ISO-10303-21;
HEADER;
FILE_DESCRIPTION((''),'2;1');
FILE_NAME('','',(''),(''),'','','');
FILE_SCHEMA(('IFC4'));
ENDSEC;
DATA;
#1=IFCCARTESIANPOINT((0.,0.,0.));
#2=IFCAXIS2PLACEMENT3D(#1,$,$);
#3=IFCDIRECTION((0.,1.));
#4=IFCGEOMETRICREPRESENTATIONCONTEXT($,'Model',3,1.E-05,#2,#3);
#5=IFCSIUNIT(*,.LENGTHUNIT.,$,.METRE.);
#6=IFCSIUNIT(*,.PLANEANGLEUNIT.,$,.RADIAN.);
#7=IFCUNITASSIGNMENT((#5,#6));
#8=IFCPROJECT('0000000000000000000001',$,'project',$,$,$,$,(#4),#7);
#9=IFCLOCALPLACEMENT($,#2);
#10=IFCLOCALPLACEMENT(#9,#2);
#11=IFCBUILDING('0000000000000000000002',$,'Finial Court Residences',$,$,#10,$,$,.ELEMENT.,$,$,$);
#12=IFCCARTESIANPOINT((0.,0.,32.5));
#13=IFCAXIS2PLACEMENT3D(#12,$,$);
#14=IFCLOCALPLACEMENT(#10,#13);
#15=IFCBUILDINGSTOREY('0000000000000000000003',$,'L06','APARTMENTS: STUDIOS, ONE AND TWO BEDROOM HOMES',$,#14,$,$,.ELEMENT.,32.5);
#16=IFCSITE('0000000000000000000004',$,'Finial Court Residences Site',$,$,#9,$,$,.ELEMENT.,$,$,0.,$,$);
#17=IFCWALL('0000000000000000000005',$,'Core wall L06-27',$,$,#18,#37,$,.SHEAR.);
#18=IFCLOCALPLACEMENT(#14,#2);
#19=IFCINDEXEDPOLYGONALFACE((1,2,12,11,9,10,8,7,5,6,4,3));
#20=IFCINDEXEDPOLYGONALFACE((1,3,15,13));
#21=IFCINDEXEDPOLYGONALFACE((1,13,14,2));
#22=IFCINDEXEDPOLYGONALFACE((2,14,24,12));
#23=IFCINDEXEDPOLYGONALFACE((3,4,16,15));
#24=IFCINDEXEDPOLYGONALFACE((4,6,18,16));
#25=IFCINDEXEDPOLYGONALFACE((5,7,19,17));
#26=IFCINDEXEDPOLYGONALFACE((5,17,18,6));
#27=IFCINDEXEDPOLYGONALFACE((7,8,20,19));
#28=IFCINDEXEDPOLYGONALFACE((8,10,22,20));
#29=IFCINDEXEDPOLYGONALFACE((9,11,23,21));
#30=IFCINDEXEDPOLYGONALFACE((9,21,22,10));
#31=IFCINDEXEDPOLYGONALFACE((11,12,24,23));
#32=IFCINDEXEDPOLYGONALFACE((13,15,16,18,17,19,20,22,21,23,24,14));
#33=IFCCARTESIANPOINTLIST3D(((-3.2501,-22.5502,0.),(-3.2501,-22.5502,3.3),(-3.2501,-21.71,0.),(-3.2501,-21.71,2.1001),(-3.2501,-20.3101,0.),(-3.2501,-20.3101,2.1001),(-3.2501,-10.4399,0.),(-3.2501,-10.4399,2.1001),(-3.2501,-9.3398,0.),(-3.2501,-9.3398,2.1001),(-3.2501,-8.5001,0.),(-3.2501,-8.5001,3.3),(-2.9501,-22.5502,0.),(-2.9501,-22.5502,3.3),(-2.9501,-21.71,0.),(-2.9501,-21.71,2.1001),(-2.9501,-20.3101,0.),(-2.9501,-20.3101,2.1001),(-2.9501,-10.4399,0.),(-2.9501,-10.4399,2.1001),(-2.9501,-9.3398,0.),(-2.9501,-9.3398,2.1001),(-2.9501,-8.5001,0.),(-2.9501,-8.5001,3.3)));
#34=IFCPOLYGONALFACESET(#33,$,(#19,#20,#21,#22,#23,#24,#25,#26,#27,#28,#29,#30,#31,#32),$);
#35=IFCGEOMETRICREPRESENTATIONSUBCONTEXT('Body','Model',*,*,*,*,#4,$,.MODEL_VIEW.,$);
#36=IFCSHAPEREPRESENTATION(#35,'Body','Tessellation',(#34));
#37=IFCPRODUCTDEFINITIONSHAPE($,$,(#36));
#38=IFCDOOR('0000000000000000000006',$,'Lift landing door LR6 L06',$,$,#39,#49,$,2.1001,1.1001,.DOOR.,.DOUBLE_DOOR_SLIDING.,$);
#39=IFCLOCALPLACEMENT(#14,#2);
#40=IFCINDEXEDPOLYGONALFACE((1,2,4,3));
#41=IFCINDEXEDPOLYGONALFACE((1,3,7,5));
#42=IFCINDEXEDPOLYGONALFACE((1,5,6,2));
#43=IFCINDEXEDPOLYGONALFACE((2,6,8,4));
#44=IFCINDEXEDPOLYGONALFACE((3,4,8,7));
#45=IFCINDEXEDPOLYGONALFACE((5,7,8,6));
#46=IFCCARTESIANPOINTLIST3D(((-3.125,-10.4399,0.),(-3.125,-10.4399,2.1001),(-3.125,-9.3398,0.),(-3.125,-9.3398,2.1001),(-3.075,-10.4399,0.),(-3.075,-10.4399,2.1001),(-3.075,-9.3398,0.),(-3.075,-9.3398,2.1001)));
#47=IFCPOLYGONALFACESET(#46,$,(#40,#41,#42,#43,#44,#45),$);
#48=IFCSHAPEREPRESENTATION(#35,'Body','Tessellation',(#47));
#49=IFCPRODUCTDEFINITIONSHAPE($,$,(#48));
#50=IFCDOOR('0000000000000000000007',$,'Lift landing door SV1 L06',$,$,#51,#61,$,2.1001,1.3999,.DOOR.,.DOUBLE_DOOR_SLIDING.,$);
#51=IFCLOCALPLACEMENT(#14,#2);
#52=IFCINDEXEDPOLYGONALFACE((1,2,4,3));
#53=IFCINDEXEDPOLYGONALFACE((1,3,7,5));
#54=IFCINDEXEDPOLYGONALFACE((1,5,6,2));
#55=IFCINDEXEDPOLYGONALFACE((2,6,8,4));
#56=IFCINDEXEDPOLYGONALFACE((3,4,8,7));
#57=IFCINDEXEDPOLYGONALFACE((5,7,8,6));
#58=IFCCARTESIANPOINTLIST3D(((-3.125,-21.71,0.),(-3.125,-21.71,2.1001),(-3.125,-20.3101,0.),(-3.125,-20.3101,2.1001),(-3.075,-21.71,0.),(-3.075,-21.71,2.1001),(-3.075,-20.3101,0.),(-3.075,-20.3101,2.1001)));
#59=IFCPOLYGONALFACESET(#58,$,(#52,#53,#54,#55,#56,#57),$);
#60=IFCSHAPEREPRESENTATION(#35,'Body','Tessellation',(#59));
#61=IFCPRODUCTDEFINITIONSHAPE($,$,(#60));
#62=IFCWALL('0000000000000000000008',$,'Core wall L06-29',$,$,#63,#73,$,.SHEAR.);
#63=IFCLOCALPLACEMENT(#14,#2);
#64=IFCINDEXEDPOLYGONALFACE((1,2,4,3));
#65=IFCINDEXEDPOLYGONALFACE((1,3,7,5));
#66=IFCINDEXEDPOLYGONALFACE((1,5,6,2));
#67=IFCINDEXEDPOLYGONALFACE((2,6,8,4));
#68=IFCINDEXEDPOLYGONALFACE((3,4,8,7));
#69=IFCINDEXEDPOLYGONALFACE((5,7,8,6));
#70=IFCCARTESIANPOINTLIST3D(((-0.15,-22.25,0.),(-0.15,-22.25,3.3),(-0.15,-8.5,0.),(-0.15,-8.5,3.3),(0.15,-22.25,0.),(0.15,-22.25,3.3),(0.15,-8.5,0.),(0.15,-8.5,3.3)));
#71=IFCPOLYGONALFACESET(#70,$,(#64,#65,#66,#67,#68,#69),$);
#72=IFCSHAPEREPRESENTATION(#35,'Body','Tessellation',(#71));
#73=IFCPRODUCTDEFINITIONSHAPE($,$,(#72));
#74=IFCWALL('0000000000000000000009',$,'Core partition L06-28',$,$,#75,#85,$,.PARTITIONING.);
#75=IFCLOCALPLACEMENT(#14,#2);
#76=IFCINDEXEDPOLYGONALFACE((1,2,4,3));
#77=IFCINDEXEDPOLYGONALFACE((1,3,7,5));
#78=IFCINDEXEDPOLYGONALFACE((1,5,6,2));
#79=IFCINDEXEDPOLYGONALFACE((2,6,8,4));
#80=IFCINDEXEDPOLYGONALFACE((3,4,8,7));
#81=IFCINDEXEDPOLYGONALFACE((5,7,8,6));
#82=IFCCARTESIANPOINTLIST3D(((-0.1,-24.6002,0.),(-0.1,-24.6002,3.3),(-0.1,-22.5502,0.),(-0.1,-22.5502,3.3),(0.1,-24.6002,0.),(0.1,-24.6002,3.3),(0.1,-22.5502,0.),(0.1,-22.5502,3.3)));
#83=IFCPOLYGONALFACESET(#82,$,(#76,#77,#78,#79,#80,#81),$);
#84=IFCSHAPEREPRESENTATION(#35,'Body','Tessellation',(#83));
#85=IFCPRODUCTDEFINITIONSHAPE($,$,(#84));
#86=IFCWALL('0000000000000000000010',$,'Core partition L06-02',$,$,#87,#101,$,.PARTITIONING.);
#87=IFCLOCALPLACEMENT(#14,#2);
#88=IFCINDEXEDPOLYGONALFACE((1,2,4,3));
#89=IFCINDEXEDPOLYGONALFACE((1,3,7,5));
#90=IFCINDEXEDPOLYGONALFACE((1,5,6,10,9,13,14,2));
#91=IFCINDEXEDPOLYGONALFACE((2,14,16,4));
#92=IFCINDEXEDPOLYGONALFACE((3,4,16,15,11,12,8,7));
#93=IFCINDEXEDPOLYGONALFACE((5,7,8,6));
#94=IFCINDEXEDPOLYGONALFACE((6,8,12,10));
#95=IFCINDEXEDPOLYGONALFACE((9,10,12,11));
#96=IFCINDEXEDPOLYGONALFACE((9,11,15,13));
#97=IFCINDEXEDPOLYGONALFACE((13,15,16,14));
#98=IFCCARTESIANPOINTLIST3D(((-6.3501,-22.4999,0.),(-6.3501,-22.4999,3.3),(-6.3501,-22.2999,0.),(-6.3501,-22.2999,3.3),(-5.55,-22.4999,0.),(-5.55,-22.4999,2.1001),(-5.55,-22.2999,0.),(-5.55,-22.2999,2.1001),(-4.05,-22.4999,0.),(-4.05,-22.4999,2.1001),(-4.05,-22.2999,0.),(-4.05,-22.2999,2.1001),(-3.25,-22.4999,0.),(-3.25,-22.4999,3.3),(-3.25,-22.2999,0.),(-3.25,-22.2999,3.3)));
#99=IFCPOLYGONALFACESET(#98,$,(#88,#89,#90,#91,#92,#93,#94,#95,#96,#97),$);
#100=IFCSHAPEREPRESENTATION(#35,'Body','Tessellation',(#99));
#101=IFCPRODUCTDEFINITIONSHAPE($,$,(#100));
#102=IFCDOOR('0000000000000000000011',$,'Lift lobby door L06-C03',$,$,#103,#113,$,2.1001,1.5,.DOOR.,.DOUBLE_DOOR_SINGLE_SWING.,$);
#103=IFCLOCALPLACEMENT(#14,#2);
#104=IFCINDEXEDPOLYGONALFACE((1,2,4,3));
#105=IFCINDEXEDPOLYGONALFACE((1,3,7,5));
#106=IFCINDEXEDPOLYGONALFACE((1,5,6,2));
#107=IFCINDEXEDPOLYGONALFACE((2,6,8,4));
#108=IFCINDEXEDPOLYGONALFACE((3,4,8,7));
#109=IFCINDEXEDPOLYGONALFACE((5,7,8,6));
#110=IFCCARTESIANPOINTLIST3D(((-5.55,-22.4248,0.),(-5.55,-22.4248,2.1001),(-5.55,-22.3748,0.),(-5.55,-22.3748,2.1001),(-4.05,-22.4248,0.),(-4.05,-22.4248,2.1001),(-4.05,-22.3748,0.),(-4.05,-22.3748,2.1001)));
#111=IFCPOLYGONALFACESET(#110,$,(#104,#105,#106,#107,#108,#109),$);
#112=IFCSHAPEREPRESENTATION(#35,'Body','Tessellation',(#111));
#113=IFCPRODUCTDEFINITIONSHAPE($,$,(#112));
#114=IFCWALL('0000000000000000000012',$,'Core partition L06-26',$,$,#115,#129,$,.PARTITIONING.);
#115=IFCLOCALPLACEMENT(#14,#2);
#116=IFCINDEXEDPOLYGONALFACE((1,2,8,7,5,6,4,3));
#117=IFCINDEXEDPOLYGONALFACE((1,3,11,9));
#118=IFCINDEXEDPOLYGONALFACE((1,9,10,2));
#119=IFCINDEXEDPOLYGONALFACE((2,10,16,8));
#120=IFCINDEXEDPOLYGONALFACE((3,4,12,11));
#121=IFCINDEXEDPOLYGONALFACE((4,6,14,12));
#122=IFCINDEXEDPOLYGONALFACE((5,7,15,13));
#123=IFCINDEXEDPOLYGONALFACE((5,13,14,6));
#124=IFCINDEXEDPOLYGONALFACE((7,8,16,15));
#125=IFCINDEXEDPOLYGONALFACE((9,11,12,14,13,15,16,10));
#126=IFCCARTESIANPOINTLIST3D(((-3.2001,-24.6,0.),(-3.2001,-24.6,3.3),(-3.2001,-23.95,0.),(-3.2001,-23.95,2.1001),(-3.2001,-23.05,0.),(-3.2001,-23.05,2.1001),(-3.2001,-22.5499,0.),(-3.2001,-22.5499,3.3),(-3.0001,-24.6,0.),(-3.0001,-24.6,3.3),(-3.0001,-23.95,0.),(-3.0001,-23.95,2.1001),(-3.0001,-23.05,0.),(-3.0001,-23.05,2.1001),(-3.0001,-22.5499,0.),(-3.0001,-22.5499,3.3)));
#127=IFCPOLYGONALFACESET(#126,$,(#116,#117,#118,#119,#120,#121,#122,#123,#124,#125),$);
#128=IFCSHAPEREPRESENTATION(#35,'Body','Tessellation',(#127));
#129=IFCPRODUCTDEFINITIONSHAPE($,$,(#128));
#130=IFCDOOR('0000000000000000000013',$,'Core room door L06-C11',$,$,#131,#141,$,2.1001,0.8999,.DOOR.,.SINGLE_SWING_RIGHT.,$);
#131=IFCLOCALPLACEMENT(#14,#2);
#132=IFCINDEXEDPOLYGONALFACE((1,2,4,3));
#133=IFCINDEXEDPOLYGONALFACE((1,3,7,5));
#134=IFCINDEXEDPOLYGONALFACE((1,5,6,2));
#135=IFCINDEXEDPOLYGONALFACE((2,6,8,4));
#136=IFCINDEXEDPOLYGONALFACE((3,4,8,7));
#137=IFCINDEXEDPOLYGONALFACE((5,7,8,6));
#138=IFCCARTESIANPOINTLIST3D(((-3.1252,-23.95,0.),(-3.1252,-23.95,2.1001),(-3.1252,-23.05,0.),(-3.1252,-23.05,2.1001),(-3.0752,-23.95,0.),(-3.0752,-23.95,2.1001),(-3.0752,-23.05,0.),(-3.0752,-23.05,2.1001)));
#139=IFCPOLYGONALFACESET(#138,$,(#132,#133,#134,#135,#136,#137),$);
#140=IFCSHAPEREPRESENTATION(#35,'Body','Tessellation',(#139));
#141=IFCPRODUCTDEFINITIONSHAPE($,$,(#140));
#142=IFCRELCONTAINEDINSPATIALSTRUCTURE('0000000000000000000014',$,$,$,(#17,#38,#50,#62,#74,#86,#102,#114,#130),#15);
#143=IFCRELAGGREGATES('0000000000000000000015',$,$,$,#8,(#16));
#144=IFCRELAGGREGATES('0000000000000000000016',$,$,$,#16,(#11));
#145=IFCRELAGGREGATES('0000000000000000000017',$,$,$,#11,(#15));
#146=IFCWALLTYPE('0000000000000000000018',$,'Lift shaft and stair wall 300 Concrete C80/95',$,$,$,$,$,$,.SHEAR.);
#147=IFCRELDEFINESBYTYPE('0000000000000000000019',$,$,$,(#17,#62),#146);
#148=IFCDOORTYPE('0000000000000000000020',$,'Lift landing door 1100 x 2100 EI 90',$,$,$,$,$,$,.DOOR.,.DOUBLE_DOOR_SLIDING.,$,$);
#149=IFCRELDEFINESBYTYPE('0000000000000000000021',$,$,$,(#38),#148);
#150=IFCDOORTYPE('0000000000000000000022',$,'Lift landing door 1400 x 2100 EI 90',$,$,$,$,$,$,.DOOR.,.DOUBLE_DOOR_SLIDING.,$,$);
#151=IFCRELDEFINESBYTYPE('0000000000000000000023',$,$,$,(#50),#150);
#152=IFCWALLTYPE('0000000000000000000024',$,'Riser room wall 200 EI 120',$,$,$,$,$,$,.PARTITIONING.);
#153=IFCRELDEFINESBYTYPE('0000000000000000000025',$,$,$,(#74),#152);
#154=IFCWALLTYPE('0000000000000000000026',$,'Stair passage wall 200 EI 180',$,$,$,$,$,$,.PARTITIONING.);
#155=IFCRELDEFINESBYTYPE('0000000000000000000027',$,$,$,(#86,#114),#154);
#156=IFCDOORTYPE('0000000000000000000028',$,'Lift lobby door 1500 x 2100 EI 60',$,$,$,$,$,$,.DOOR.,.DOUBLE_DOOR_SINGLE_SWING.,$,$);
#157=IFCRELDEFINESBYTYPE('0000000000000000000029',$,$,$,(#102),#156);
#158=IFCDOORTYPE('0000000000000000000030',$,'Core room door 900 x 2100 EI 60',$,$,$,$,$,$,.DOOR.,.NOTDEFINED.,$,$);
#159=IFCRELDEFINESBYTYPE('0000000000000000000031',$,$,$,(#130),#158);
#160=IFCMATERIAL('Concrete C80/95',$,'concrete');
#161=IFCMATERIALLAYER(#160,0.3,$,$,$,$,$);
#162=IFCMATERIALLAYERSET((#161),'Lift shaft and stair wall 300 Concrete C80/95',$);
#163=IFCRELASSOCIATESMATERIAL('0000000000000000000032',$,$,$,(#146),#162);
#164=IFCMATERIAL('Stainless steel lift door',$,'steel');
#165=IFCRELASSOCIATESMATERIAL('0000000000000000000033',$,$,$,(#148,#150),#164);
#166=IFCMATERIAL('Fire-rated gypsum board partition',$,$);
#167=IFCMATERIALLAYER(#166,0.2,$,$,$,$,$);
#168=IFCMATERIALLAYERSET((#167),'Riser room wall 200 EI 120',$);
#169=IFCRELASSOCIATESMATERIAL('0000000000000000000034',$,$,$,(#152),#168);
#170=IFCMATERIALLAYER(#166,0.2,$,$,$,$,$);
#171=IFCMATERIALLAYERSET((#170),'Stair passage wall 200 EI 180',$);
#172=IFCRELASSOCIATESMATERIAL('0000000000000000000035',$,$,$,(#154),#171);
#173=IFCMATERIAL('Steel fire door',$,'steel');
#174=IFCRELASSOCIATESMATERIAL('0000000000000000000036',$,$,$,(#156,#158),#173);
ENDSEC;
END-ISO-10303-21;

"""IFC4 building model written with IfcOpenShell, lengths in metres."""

from ifc_helpers import new_model, si_unit, direction, frame, frame_2d, origin, place, context, subcontext, project, spatial, rectangle, extrude, material, layer, layer_set, type_object, element, fill, save


model = new_model("IFC4")

# Units and contexts
model_context = context("Model", 3, precision=1e-05, world=origin(), true_north=direction((0.0, 1.0)))
body_context = subcontext(model_context, "Body", "Model", "MODEL_VIEW")
ifc_project = project(units=[si_unit("LENGTHUNIT", "METRE"), si_unit("PLANEANGLEUNIT", "RADIAN")], contexts=[model_context])

# Site, building, storey
site_placement = place(None, origin())
site = spatial("IfcSite", under=ifc_project, at=site_placement, Name="Finial Court Residences Site", CompositionType="ELEMENT", RefElevation=0.0)
building_placement = place(site_placement, origin())
building = spatial("IfcBuilding", under=site, at=building_placement, Name="Finial Court Residences", CompositionType="ELEMENT")
storey_placement = place(building_placement, frame((0.0, 0.0, 32.5)))
storey = spatial("IfcBuildingStorey", under=building, at=storey_placement, Name="L06", Description="APARTMENTS: STUDIOS, ONE AND TWO BEDROOM HOMES", CompositionType="ELEMENT", Elevation=32.5)

# Shared definitions
ifc_material_1 = material(Name="Concrete C80/95", Category="concrete")
ifc_layer_1 = layer(ifc_material_1, 0.3)
ifc_layer_set_1 = layer_set([ifc_layer_1], Name="Lift shaft and stair wall 300 Concrete C80/95")
wall_type_1 = type_object("IfcWallType", Name="Lift shaft and stair wall 300 Concrete C80/95", PredefinedType="SHEAR", material=ifc_layer_set_1)

# Shared definitions
ifc_material_2 = material(Name="Steel fire door", Category="steel")

# Wall, openings, doors
ifc_material_3 = material(Name="Stainless steel lift door", Category="steel")
door_type_1 = type_object("IfcDoorType", Name="Lift landing door 1100 x 2100 EI 90", OperationType="DOUBLE_DOOR_SLIDING", PredefinedType="DOOR", material=ifc_material_3)
wall_1_placement = place(storey_placement, frame((-3.1001, -22.55, 0.0), z_axis=(0.0, 0.0, 1.0), x_axis=(0.0, 1.0, 0.0)))
wall_1 = element("IfcWall", 1, at=wall_1_placement, inside=storey, type_object=wall_type_1, Name="Core wall L06-27", PredefinedType="SHEAR", context=body_context, shape_type="SweptSolid", body=[
    extrude(rectangle(XDim=14.05, YDim=0.3, at=frame_2d((7.0249, 0.0))), origin(), (0.0, 0.0, 1.0), 3.3),
])
opening_1_placement = place(wall_1_placement, frame((12.1101, 0.0, 0.0)))
opening_1 = element("IfcOpeningElement", 2, at=opening_1_placement, cuts=wall_1, PredefinedType="OPENING", context=body_context, shape_type="SweptSolid", body=[
    extrude(rectangle(XDim=1.1001, YDim=2.1001, at=frame_2d((0.55, 1.05))), frame((0.0, 0.1599, 0.0), z_axis=(0.0, -1.0, 0.0), x_axis=(1.0, 0.0, 0.0)), (0.0, 0.0, 1.0), 0.3201),
])
opening_2_placement = place(wall_1_placement, frame((0.8401, 0.0, 0.0)))
opening_2 = element("IfcOpeningElement", 3, at=opening_2_placement, cuts=wall_1, PredefinedType="OPENING", context=body_context, shape_type="SweptSolid", body=[
    extrude(rectangle(XDim=1.3999, YDim=2.1001, at=frame_2d((0.7, 1.05))), frame((0.0, 0.1599, 0.0), z_axis=(0.0, -1.0, 0.0), x_axis=(1.0, 0.0, 0.0)), (0.0, 0.0, 1.0), 0.3201),
])
door_1_placement = place(opening_1_placement, origin())
door_1 = element("IfcDoor", 4, at=door_1_placement, inside=storey, type_object=door_type_1, Name="Lift landing door LR6 L06", OperationType="DOUBLE_DOOR_SLIDING", OverallHeight=2.1001, OverallWidth=1.1001, PredefinedType="DOOR", context=body_context, shape_type="SweptSolid", body=[
    extrude(rectangle(XDim=1.1001, YDim=2.1001, at=frame_2d((0.55, 1.05))), frame((0.0, 0.0249, 0.0), z_axis=(0.0, -1.0, 0.0), x_axis=(1.0, 0.0, 0.0)), (0.0, 0.0, 1.0), 0.05),
])
fill(opening_1, door_1)
door_type_2 = type_object("IfcDoorType", Name="Lift landing door 1400 x 2100 EI 90", OperationType="DOUBLE_DOOR_SLIDING", PredefinedType="DOOR", material=ifc_material_3)
door_2_placement = place(opening_2_placement, origin())
door_2 = element("IfcDoor", 5, at=door_2_placement, inside=storey, type_object=door_type_2, Name="Lift landing door SV1 L06", OperationType="DOUBLE_DOOR_SLIDING", OverallHeight=2.1001, OverallWidth=1.3999, PredefinedType="DOOR", context=body_context, shape_type="SweptSolid", body=[
    extrude(rectangle(XDim=1.3999, YDim=2.1001, at=frame_2d((0.7, 1.05))), frame((0.0, 0.0249, 0.0), z_axis=(0.0, -1.0, 0.0), x_axis=(1.0, 0.0, 0.0)), (0.0, 0.0, 1.0), 0.05),
])
fill(opening_2, door_2)

# Walls
wall_2_placement = place(storey_placement, frame((0.0, -22.25, 0.0), z_axis=(0.0, 0.0, 1.0), x_axis=(0.0, 1.0, 0.0)))
element("IfcWall", 6, at=wall_2_placement, inside=storey, type_object=wall_type_1, Name="Core wall L06-29", PredefinedType="SHEAR", context=body_context, shape_type="SweptSolid", body=[
    extrude(rectangle(XDim=13.75, YDim=0.3, at=frame_2d((6.875, 0.0))), origin(), (0.0, 0.0, 1.0), 3.3),
])
ifc_material_4 = material(Name="Fire-rated gypsum board partition")
ifc_layer_2 = layer(ifc_material_4, 0.2)
ifc_layer_set_2 = layer_set([ifc_layer_2], Name="Riser room wall 200 EI 120")
wall_type_2 = type_object("IfcWallType", Name="Riser room wall 200 EI 120", PredefinedType="PARTITIONING", material=ifc_layer_set_2)
wall_3_placement = place(storey_placement, frame((0.0, -24.6001, 0.0), z_axis=(0.0, 0.0, 1.0), x_axis=(0.0, 1.0, 0.0)))
element("IfcWall", 7, at=wall_3_placement, inside=storey, type_object=wall_type_2, Name="Core partition L06-28", PredefinedType="PARTITIONING", context=body_context, shape_type="SweptSolid", body=[
    extrude(rectangle(XDim=2.05, YDim=0.2, at=frame_2d((1.0249, 0.0))), origin(), (0.0, 0.0, 1.0), 3.3),
])

# Walls, openings, doors
ifc_layer_3 = layer(ifc_material_4, 0.2)
ifc_layer_set_3 = layer_set([ifc_layer_3], Name="Stair passage wall 200 EI 180")
wall_type_3 = type_object("IfcWallType", Name="Stair passage wall 200 EI 180", PredefinedType="PARTITIONING", material=ifc_layer_set_3)
wall_4_placement = place(storey_placement, frame((-3.25, -22.3999, 0.0), z_axis=(0.0, 0.0, 1.0), x_axis=(-1.0, 0.0, 0.0)))
wall_4 = element("IfcWall", 8, at=wall_4_placement, inside=storey, type_object=wall_type_3, Name="Core partition L06-02", PredefinedType="PARTITIONING", context=body_context, shape_type="SweptSolid", body=[
    extrude(rectangle(XDim=3.1001, YDim=0.2, at=frame_2d((1.55, 0.0))), origin(), (0.0, 0.0, 1.0), 3.3),
])
opening_3_placement = place(wall_4_placement, frame((0.8, 0.0, 0.0)))
opening_3 = element("IfcOpeningElement", 9, at=opening_3_placement, cuts=wall_4, PredefinedType="OPENING", context=body_context, shape_type="SweptSolid", body=[
    extrude(rectangle(XDim=1.5, YDim=2.1001, at=frame_2d((0.75, 1.05))), frame((0.0, 0.1099, 0.0), z_axis=(0.0, -1.0, 0.0), x_axis=(1.0, 0.0, 0.0)), (0.0, 0.0, 1.0), 0.22),
])
door_type_3 = type_object("IfcDoorType", Name="Lift lobby door 1500 x 2100 EI 60", OperationType="DOUBLE_DOOR_SINGLE_SWING", PredefinedType="DOOR", material=ifc_material_2)
door_3_placement = place(opening_3_placement, origin())
door_3 = element("IfcDoor", 10, at=door_3_placement, inside=storey, type_object=door_type_3, Name="Lift lobby door L06-C03", OperationType="DOUBLE_DOOR_SINGLE_SWING", OverallHeight=2.1001, OverallWidth=1.5, PredefinedType="DOOR", context=body_context, shape_type="SweptSolid", body=[
    extrude(rectangle(XDim=1.5, YDim=2.1001, at=frame_2d((0.75, 1.05))), frame((0.0, 0.0249, 0.0), z_axis=(0.0, -1.0, 0.0), x_axis=(1.0, 0.0, 0.0)), (0.0, 0.0, 1.0), 0.05),
])
fill(opening_3, door_3)
wall_5_placement = place(storey_placement, frame((-3.1001, -22.55, 0.0), z_axis=(0.0, 0.0, 1.0), x_axis=(0.0, -1.0, 0.0)))
wall_5 = element("IfcWall", 11, at=wall_5_placement, inside=storey, type_object=wall_type_3, Name="Core partition L06-26", PredefinedType="PARTITIONING", context=body_context, shape_type="SweptSolid", body=[
    extrude(rectangle(XDim=2.05, YDim=0.2, at=frame_2d((1.0249, 0.0))), origin(), (0.0, 0.0, 1.0), 3.3),
])
opening_4_placement = place(wall_5_placement, frame((0.5, 0.0, 0.0)))
opening_4 = element("IfcOpeningElement", 12, at=opening_4_placement, cuts=wall_5, PredefinedType="OPENING", context=body_context, shape_type="SweptSolid", body=[
    extrude(rectangle(XDim=0.8999, YDim=2.1001, at=frame_2d((0.45, 1.05))), frame((0.0, 0.1099, 0.0), z_axis=(0.0, -1.0, 0.0), x_axis=(1.0, 0.0, 0.0)), (0.0, 0.0, 1.0), 0.22),
])
door_type_4 = type_object("IfcDoorType", Name="Core room door 900 x 2100 EI 60", OperationType="NOTDEFINED", PredefinedType="DOOR", material=ifc_material_2)
door_4_placement = place(opening_4_placement, origin())
door_4 = element("IfcDoor", 13, at=door_4_placement, inside=storey, type_object=door_type_4, Name="Core room door L06-C11", OperationType="SINGLE_SWING_RIGHT", OverallHeight=2.1001, OverallWidth=0.8999, PredefinedType="DOOR", context=body_context, shape_type="SweptSolid", body=[
    extrude(rectangle(XDim=0.8999, YDim=2.1001, at=frame_2d((0.45, 1.05))), frame((0.0, 0.0249, 0.0), z_axis=(0.0, -1.0, 0.0), x_axis=(1.0, 0.0, 0.0)), (0.0, 0.0, 1.0), 0.05),
])
fill(opening_4, door_4)

save(model, "model.ifc")
